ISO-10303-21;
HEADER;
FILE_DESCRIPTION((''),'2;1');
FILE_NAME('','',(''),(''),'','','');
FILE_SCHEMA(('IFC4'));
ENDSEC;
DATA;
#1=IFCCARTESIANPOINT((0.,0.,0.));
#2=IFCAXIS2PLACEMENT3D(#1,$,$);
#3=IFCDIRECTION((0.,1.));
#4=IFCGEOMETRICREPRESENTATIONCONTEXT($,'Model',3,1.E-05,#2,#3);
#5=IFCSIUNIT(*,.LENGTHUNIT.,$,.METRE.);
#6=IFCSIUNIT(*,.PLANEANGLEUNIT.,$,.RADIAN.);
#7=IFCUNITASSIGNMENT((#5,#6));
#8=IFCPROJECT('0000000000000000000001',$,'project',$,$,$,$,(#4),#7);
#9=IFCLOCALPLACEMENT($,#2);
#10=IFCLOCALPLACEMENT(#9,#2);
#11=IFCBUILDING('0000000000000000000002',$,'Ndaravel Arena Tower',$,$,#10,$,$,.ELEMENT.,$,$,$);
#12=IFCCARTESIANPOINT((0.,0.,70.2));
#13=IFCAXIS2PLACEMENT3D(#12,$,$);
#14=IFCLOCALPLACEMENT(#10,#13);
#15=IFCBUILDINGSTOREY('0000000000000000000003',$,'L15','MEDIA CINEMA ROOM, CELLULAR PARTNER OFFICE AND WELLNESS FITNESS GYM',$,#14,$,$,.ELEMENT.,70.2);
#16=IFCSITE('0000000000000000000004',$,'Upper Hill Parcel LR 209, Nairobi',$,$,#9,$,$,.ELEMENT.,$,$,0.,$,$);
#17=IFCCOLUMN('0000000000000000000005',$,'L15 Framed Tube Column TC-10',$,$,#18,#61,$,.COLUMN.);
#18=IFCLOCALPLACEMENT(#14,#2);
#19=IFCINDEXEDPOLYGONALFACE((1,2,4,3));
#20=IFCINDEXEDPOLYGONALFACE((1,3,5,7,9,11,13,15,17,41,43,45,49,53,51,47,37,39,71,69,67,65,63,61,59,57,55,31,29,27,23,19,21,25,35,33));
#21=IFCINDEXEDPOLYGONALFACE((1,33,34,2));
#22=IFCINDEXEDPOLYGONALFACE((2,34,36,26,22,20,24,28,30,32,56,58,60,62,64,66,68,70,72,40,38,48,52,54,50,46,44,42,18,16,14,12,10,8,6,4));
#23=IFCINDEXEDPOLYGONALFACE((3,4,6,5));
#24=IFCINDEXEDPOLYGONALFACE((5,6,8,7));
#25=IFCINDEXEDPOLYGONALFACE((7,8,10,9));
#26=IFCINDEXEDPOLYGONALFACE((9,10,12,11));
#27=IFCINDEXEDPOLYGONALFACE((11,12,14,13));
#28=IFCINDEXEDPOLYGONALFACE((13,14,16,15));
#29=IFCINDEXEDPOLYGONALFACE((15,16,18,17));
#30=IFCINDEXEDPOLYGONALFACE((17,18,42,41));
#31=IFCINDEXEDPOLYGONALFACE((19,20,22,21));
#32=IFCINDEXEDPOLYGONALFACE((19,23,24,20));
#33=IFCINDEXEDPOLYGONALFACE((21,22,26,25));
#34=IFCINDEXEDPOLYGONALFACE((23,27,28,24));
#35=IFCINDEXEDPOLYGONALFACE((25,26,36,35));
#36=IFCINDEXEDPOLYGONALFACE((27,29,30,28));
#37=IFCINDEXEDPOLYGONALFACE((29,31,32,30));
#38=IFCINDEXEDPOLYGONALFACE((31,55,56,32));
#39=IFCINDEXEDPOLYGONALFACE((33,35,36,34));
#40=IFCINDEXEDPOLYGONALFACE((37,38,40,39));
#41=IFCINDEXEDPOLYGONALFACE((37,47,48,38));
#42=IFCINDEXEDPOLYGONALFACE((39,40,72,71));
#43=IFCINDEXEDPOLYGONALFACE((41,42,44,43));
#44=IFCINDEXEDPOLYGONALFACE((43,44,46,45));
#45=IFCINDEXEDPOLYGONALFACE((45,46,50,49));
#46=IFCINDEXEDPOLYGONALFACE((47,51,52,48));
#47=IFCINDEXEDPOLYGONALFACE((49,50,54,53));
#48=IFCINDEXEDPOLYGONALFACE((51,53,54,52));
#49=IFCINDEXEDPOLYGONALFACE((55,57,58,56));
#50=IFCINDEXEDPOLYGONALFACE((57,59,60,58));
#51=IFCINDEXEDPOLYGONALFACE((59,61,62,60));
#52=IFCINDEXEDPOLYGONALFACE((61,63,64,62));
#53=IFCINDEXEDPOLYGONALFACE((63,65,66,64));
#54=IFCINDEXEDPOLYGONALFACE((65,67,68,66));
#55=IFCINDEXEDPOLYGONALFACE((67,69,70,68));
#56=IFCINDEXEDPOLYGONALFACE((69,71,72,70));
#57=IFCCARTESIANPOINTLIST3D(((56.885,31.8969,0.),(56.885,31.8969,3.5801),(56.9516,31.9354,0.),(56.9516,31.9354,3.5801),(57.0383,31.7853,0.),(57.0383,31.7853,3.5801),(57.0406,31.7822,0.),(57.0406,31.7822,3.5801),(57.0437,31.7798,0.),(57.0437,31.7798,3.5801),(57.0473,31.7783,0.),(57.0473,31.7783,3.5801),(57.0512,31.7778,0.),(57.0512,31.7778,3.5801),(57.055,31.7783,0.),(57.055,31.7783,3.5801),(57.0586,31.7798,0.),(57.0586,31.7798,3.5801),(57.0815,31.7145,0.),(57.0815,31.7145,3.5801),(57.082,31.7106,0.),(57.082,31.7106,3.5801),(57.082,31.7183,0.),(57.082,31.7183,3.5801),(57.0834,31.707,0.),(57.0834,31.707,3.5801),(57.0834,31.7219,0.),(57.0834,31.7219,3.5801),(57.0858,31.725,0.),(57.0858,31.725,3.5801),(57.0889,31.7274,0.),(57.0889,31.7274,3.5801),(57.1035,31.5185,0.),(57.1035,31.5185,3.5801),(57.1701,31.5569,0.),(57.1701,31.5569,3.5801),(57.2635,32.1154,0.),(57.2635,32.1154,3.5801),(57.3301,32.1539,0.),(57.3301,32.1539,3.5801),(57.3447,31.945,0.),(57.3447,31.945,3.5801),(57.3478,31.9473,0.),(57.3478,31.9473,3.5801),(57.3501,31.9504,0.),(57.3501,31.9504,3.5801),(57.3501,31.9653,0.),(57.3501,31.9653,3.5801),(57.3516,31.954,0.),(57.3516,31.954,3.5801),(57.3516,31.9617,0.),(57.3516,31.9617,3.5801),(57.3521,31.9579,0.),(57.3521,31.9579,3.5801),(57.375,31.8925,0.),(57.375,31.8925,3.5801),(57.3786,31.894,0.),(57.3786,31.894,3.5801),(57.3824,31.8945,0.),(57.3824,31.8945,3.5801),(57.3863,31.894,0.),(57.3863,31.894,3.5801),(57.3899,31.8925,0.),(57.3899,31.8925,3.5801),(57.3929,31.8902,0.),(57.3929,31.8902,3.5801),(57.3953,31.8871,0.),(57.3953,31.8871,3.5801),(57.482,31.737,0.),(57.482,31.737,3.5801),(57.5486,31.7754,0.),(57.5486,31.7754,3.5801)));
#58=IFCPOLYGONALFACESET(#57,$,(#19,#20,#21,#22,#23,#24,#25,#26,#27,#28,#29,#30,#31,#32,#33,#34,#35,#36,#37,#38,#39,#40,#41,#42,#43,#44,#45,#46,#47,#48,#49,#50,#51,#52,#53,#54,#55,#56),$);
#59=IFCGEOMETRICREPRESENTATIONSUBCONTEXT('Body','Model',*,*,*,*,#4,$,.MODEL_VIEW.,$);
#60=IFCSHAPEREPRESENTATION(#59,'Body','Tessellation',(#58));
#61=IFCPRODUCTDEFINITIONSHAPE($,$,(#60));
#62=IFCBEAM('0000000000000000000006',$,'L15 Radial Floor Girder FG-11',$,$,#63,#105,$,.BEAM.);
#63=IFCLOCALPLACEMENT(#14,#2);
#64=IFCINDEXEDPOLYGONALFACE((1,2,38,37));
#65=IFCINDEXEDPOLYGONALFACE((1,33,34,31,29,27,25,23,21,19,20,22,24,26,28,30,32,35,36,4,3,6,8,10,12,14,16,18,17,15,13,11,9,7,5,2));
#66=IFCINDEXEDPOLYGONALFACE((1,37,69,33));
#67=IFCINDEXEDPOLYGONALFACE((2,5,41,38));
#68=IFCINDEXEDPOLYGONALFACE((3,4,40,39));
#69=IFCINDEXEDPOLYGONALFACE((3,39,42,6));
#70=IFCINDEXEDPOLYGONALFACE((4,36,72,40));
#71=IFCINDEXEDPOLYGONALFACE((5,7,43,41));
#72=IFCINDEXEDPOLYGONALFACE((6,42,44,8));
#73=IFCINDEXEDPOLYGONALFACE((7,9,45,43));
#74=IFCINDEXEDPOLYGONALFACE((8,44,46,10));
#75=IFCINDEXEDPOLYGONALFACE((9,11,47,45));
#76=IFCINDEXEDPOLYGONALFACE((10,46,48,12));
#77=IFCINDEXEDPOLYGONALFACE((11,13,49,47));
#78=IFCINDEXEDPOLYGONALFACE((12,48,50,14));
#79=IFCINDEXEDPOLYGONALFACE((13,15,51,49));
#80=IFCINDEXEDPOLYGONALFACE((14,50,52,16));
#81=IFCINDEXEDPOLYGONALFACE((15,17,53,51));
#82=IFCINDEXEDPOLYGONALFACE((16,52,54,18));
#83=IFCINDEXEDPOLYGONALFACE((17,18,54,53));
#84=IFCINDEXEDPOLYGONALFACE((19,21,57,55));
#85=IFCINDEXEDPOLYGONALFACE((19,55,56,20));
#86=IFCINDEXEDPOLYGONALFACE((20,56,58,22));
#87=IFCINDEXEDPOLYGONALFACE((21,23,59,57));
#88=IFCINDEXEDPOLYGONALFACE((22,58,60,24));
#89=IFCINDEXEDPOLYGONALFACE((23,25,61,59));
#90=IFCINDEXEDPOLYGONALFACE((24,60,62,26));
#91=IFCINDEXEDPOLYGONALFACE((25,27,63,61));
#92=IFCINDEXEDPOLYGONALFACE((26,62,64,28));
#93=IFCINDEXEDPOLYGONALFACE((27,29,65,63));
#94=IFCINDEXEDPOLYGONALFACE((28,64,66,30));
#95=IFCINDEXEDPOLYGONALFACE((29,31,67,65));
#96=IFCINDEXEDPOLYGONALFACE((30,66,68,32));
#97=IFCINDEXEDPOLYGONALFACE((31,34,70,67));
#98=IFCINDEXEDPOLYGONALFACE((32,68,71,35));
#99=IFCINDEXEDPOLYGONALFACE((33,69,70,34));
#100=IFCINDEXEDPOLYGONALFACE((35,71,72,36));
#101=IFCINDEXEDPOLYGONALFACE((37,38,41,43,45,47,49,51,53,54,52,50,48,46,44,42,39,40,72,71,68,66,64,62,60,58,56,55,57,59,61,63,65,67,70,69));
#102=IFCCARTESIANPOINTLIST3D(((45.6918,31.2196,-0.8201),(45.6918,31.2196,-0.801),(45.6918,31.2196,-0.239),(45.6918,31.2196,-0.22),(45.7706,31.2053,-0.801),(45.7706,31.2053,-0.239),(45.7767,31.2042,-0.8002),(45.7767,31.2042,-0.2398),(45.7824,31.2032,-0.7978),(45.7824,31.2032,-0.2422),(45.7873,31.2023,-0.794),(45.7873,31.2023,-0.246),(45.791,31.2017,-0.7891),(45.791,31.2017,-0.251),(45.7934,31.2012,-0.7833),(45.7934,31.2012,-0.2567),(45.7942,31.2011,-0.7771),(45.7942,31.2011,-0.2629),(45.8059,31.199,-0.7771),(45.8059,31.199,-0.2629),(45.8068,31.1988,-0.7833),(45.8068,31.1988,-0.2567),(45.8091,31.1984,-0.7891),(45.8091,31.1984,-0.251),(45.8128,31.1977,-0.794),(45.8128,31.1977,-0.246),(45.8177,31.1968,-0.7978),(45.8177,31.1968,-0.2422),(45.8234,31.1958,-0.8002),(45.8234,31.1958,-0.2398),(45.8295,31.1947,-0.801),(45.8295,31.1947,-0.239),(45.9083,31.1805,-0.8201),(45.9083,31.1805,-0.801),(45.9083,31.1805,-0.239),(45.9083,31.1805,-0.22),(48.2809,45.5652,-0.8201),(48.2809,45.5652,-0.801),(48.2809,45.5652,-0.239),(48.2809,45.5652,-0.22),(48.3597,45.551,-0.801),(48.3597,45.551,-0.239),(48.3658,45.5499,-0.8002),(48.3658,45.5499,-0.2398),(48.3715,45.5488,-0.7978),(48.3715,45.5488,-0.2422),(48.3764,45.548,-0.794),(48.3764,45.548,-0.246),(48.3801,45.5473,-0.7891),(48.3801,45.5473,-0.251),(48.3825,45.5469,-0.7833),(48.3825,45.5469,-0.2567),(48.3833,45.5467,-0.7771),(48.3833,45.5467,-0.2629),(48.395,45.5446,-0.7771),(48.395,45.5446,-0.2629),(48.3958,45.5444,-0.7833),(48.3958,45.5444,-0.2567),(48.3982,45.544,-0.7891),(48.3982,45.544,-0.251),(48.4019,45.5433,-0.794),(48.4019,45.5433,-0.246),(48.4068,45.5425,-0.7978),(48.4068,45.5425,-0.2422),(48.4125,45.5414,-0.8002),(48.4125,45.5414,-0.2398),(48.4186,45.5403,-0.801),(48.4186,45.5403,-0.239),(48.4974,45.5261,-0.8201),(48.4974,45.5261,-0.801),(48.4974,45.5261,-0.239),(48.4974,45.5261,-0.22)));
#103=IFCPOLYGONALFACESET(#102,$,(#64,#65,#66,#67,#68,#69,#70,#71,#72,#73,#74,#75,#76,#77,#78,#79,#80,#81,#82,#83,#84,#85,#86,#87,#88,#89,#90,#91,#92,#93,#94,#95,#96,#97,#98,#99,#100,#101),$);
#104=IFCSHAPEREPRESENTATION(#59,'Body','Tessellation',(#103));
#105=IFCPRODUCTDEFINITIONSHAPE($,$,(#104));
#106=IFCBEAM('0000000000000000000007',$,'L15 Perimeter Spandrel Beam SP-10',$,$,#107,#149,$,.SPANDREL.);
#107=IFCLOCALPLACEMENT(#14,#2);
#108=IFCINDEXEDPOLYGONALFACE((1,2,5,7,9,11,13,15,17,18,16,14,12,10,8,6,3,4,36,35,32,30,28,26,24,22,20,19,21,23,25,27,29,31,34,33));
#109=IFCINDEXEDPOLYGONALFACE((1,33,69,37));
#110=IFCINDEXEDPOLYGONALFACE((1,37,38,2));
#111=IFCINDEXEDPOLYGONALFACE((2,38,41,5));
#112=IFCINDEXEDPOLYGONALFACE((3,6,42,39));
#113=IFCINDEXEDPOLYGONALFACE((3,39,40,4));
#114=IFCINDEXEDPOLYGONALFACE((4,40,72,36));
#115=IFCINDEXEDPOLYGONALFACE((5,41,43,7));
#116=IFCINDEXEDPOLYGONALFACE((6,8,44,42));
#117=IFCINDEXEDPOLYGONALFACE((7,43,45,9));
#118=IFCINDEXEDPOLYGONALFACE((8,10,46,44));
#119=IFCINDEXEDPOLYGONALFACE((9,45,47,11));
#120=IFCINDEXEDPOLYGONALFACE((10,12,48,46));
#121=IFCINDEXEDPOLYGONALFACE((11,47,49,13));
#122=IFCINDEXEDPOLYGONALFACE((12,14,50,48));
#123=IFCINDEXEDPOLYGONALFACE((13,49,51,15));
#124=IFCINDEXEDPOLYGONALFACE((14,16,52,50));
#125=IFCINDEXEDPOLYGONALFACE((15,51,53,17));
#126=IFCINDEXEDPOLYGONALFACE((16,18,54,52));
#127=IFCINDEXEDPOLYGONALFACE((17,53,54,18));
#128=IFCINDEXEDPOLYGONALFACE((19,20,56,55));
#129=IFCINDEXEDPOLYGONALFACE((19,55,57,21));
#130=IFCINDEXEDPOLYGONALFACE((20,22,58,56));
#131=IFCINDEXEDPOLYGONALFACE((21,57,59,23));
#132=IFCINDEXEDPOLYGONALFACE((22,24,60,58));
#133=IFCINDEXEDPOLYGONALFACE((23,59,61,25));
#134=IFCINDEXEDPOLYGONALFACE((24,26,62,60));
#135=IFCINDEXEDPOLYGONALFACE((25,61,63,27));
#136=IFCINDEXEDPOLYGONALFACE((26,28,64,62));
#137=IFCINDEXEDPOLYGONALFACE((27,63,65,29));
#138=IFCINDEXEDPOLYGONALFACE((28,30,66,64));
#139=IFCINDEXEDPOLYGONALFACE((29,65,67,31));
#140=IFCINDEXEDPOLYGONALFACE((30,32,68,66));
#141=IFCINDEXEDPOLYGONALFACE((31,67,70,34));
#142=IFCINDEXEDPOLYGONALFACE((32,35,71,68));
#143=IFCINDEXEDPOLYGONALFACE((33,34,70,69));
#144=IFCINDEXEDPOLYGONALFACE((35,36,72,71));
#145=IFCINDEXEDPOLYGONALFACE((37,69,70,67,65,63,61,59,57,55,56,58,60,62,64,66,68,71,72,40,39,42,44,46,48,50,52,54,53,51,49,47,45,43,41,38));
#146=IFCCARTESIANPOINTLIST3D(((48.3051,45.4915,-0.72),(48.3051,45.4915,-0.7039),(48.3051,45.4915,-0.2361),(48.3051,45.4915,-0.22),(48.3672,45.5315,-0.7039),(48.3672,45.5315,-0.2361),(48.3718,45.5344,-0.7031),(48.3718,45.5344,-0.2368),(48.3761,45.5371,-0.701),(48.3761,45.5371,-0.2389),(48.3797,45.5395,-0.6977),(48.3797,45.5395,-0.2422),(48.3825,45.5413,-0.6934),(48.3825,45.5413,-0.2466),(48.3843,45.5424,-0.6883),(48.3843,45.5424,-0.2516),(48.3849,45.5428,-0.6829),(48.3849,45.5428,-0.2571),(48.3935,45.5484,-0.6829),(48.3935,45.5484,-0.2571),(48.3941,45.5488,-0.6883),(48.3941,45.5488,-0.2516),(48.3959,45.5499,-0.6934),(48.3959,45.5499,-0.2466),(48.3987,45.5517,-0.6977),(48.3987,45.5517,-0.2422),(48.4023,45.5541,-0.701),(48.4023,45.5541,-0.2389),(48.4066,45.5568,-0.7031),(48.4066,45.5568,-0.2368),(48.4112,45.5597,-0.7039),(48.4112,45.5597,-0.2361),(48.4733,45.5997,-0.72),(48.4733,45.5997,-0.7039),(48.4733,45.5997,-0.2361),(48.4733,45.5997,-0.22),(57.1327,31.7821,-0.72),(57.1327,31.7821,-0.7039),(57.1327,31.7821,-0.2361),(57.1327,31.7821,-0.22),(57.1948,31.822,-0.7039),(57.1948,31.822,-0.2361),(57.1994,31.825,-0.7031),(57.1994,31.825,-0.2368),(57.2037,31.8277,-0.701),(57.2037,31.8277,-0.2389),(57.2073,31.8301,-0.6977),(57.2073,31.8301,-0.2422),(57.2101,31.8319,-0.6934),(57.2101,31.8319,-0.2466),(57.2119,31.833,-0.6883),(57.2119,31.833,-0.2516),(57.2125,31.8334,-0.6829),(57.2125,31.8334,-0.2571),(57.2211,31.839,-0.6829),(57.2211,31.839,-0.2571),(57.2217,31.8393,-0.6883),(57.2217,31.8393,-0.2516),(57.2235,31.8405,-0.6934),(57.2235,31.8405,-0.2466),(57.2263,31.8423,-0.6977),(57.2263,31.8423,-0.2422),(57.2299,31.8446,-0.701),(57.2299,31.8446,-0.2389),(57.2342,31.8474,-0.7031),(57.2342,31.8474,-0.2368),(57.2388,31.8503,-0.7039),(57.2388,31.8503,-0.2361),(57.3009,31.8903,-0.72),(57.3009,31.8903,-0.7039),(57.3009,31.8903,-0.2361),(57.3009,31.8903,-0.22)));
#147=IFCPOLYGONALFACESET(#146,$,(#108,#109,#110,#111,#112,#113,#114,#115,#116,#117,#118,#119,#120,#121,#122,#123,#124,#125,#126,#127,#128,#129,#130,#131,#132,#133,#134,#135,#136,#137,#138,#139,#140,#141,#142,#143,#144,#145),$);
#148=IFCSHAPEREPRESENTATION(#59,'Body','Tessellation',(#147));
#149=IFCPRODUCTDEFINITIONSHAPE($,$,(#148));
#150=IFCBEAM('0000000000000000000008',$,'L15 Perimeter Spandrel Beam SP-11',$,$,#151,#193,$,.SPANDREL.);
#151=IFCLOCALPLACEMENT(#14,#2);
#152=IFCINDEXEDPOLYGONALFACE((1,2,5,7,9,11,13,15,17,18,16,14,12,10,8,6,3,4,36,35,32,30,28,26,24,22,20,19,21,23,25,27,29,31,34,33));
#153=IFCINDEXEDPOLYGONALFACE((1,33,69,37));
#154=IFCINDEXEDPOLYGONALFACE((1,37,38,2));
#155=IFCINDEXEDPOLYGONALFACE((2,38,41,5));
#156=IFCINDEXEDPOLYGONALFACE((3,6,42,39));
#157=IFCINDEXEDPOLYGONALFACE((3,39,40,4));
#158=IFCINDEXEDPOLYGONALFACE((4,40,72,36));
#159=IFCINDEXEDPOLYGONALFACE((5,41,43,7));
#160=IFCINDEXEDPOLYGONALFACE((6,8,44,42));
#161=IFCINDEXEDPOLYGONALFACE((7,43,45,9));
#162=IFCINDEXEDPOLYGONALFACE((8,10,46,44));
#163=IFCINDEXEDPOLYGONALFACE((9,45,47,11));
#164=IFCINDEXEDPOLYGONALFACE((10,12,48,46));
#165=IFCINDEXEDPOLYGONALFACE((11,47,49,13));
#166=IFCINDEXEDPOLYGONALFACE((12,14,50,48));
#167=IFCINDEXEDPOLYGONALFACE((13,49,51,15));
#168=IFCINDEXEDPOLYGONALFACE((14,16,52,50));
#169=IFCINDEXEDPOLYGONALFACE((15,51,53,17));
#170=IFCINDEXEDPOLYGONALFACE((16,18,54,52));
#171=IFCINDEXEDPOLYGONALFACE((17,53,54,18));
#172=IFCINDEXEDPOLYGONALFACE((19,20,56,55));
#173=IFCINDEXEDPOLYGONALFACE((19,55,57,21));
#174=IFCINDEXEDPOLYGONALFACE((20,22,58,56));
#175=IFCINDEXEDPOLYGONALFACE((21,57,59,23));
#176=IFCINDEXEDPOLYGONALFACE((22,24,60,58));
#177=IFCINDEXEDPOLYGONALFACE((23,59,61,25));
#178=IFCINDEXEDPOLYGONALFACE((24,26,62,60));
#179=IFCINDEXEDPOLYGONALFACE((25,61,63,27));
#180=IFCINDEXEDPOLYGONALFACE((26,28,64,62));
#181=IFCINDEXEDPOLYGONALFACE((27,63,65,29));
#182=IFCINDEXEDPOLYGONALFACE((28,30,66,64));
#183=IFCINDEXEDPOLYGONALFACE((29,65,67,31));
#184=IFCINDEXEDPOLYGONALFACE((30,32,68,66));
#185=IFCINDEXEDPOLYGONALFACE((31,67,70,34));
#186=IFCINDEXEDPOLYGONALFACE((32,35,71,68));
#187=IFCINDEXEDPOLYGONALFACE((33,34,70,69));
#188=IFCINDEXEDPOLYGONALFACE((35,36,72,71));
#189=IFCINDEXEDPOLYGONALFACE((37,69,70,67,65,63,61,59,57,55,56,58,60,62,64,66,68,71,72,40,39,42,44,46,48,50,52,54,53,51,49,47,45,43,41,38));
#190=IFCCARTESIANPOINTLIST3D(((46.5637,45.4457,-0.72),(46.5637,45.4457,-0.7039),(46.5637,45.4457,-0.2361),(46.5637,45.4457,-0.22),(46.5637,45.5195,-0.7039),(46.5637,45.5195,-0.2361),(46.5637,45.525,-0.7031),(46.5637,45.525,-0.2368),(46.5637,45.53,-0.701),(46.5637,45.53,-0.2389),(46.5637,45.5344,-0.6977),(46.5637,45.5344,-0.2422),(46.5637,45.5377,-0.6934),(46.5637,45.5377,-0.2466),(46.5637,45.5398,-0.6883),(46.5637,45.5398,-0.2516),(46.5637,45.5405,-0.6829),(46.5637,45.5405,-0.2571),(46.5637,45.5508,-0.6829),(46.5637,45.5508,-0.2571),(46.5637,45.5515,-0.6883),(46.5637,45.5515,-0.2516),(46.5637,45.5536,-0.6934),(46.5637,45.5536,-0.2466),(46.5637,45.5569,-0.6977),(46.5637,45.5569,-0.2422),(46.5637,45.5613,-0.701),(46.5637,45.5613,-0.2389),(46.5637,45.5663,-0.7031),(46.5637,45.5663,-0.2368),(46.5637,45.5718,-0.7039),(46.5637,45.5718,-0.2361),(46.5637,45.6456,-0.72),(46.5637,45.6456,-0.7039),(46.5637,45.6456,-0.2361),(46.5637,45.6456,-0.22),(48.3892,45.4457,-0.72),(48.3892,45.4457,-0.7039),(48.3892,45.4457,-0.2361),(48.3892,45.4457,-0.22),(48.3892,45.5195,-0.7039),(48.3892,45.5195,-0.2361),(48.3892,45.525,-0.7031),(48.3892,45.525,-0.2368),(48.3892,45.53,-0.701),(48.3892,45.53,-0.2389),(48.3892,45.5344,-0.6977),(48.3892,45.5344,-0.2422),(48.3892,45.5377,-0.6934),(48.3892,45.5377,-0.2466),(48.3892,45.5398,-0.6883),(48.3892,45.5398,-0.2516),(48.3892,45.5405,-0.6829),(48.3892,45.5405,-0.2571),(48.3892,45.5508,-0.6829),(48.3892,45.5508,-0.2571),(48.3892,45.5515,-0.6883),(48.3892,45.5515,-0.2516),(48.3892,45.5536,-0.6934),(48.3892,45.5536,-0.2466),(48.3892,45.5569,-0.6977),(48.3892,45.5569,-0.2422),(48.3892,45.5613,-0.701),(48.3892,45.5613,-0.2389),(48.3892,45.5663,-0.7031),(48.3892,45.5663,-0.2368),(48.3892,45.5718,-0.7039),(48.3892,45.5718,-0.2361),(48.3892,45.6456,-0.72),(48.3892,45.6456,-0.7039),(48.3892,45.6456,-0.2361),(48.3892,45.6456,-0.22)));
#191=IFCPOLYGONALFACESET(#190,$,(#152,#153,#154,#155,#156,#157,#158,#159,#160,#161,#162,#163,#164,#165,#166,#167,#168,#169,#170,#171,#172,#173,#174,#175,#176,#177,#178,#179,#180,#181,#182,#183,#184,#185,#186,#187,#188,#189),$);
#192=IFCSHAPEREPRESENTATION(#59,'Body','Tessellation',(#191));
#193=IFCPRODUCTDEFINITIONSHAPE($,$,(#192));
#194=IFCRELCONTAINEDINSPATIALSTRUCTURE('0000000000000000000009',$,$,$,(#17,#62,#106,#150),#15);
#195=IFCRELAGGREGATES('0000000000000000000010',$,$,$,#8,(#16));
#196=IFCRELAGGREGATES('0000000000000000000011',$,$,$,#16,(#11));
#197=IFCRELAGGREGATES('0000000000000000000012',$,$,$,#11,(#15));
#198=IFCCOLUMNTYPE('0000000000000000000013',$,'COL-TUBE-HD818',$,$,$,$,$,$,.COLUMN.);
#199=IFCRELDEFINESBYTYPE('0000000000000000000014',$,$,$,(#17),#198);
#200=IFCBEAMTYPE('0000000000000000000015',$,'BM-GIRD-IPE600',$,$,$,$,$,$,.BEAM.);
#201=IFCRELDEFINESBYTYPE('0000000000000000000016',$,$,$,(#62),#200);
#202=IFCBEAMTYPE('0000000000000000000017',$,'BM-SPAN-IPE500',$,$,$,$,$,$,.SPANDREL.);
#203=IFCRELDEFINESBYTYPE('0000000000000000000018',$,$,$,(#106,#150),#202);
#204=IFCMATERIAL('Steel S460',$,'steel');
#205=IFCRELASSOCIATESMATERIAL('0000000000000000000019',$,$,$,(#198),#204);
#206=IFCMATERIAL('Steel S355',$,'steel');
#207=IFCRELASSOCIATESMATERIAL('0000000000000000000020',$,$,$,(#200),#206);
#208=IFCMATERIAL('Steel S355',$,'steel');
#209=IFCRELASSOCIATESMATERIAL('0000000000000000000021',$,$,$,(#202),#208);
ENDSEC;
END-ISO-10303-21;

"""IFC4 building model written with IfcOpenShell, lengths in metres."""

from ifc_helpers import new_model, si_unit, direction, frame, origin, origin_2d, place, context, subcontext, project, spatial, i_section, extrude, material, material_profile, profile_set, type_object, element, save


model = new_model("IFC4")

# Units and contexts
model_context = context("Model", 3, precision=1e-05, world=origin(), true_north=direction((0.0, 1.0)))
body_context = subcontext(model_context, "Body", "Model", "MODEL_VIEW")
ifc_project = project(units=[si_unit("LENGTHUNIT", "METRE"), si_unit("PLANEANGLEUNIT", "RADIAN")], contexts=[model_context])

# Site, building, storey
site_placement = place(None, origin())
site = spatial("IfcSite", under=ifc_project, at=site_placement, Name="Upper Hill Parcel LR 209, Nairobi", CompositionType="ELEMENT", RefElevation=0.0)
building_placement = place(site_placement, origin())
building = spatial("IfcBuilding", under=site, at=building_placement, Name="Ndaravel Arena Tower", CompositionType="ELEMENT")
storey_placement = place(building_placement, frame((0.0, 0.0, 70.2)))
storey = spatial("IfcBuildingStorey", under=building, at=storey_placement, Name="L15", Description="MEDIA CINEMA ROOM, CELLULAR PARTNER OFFICE AND WELLNESS FITNESS GYM", CompositionType="ELEMENT", Elevation=70.2)

# Column
ifc_material_1 = material(Name="Steel S460", Category="steel")
ifc_material_profile_1 = material_profile(ifc_material_1, i_section(OverallWidth=0.437, OverallDepth=0.5139, WebThickness=0.0605, FlangeThickness=0.0769, FilletRadius=0.0149, at=origin_2d()), Name="HD 400x818")
ifc_profile_set_1 = profile_set([ifc_material_profile_1], Name="Steel S460")
column_type = type_object("IfcColumnType", Name="COL-TUBE-HD818", PredefinedType="COLUMN", material=ifc_profile_set_1)
column_placement = place(storey_placement, frame((57.2168, 31.8362, 0.0), z_axis=(0.0, 0.0, 1.0), x_axis=(-0.5, 0.866025, 0.0)))
element("IfcColumn", 1, at=column_placement, inside=storey, type_object=column_type, Name="L15 Framed Tube Column TC-10", PredefinedType="COLUMN", context=body_context, shape_type="SweptSolid", body=[
    extrude(i_section(OverallWidth=0.437, OverallDepth=0.5139, WebThickness=0.0605, FlangeThickness=0.0769, FilletRadius=0.0149, at=origin_2d()), origin(), (0.0, 0.0, 1.0), 3.5801),
])

# Beams
ifc_material_2 = material(Name="Steel S355", Category="steel")
ifc_material_profile_2 = material_profile(ifc_material_2, i_section(OverallWidth=0.22, OverallDepth=0.6001, WebThickness=0.012, FlangeThickness=0.019, FilletRadius=0.0239, at=origin_2d()), Name="IPE 600")
ifc_profile_set_2 = profile_set([ifc_material_profile_2], Name="Steel S355")
beam_type_1 = type_object("IfcBeamType", Name="BM-GIRD-IPE600", PredefinedType="BEAM", material=ifc_profile_set_2)
beam_1_placement = place(storey_placement, frame((48.3892, 45.5457, -0.52), z_axis=(-0.17761, -0.984101, 0.0), x_axis=(0.984101, -0.17761, 0.0)))
element("IfcBeam", 2, at=beam_1_placement, inside=storey, type_object=beam_type_1, Name="L15 Radial Floor Girder FG-11", PredefinedType="BEAM", context=body_context, shape_type="SweptSolid", body=[
    extrude(i_section(OverallWidth=0.22, OverallDepth=0.6001, WebThickness=0.012, FlangeThickness=0.019, FilletRadius=0.0239, at=origin_2d()), origin(), (0.0, 0.0, 1.0), 14.5774),
])
ifc_material_3 = material(Name="Steel S355", Category="steel")
ifc_material_profile_3 = material_profile(ifc_material_3, i_section(OverallWidth=0.2, OverallDepth=0.5, WebThickness=0.0103, FlangeThickness=0.0161, FilletRadius=0.021, at=origin_2d()), Name="IPE 500")
ifc_profile_set_3 = profile_set([ifc_material_profile_3], Name="Steel S355")
beam_type_2 = type_object("IfcBeamType", Name="BM-SPAN-IPE500", PredefinedType="SPANDREL", material=ifc_profile_set_3)
beam_2_placement = place(storey_placement, frame((57.2168, 31.8362, -0.47), z_axis=(-0.541383, 0.840776, 0.0), x_axis=(-0.840776, -0.541383, 0.0)))
element("IfcBeam", 3, at=beam_2_placement, inside=storey, type_object=beam_type_2, Name="L15 Perimeter Spandrel Beam SP-10", PredefinedType="SPANDREL", context=body_context, shape_type="SweptSolid", body=[
    extrude(i_section(OverallWidth=0.2, OverallDepth=0.5, WebThickness=0.0103, FlangeThickness=0.0161, FilletRadius=0.021, at=origin_2d()), origin(), (0.0, 0.0, 1.0), 16.3057),
])
beam_3_placement = place(storey_placement, frame((48.3892, 45.5457, -0.47), z_axis=(-1.0, 0.0, 0.0), x_axis=(0.0, -1.0, 0.0)))
element("IfcBeam", 4, at=beam_3_placement, inside=storey, type_object=beam_type_2, Name="L15 Perimeter Spandrel Beam SP-11", PredefinedType="SPANDREL", context=body_context, shape_type="SweptSolid", body=[
    extrude(i_section(OverallWidth=0.2, OverallDepth=0.5, WebThickness=0.0103, FlangeThickness=0.0161, FilletRadius=0.021, at=origin_2d()), origin(), (0.0, 0.0, 1.0), 1.8254),
])

save(model, "model.ifc")
